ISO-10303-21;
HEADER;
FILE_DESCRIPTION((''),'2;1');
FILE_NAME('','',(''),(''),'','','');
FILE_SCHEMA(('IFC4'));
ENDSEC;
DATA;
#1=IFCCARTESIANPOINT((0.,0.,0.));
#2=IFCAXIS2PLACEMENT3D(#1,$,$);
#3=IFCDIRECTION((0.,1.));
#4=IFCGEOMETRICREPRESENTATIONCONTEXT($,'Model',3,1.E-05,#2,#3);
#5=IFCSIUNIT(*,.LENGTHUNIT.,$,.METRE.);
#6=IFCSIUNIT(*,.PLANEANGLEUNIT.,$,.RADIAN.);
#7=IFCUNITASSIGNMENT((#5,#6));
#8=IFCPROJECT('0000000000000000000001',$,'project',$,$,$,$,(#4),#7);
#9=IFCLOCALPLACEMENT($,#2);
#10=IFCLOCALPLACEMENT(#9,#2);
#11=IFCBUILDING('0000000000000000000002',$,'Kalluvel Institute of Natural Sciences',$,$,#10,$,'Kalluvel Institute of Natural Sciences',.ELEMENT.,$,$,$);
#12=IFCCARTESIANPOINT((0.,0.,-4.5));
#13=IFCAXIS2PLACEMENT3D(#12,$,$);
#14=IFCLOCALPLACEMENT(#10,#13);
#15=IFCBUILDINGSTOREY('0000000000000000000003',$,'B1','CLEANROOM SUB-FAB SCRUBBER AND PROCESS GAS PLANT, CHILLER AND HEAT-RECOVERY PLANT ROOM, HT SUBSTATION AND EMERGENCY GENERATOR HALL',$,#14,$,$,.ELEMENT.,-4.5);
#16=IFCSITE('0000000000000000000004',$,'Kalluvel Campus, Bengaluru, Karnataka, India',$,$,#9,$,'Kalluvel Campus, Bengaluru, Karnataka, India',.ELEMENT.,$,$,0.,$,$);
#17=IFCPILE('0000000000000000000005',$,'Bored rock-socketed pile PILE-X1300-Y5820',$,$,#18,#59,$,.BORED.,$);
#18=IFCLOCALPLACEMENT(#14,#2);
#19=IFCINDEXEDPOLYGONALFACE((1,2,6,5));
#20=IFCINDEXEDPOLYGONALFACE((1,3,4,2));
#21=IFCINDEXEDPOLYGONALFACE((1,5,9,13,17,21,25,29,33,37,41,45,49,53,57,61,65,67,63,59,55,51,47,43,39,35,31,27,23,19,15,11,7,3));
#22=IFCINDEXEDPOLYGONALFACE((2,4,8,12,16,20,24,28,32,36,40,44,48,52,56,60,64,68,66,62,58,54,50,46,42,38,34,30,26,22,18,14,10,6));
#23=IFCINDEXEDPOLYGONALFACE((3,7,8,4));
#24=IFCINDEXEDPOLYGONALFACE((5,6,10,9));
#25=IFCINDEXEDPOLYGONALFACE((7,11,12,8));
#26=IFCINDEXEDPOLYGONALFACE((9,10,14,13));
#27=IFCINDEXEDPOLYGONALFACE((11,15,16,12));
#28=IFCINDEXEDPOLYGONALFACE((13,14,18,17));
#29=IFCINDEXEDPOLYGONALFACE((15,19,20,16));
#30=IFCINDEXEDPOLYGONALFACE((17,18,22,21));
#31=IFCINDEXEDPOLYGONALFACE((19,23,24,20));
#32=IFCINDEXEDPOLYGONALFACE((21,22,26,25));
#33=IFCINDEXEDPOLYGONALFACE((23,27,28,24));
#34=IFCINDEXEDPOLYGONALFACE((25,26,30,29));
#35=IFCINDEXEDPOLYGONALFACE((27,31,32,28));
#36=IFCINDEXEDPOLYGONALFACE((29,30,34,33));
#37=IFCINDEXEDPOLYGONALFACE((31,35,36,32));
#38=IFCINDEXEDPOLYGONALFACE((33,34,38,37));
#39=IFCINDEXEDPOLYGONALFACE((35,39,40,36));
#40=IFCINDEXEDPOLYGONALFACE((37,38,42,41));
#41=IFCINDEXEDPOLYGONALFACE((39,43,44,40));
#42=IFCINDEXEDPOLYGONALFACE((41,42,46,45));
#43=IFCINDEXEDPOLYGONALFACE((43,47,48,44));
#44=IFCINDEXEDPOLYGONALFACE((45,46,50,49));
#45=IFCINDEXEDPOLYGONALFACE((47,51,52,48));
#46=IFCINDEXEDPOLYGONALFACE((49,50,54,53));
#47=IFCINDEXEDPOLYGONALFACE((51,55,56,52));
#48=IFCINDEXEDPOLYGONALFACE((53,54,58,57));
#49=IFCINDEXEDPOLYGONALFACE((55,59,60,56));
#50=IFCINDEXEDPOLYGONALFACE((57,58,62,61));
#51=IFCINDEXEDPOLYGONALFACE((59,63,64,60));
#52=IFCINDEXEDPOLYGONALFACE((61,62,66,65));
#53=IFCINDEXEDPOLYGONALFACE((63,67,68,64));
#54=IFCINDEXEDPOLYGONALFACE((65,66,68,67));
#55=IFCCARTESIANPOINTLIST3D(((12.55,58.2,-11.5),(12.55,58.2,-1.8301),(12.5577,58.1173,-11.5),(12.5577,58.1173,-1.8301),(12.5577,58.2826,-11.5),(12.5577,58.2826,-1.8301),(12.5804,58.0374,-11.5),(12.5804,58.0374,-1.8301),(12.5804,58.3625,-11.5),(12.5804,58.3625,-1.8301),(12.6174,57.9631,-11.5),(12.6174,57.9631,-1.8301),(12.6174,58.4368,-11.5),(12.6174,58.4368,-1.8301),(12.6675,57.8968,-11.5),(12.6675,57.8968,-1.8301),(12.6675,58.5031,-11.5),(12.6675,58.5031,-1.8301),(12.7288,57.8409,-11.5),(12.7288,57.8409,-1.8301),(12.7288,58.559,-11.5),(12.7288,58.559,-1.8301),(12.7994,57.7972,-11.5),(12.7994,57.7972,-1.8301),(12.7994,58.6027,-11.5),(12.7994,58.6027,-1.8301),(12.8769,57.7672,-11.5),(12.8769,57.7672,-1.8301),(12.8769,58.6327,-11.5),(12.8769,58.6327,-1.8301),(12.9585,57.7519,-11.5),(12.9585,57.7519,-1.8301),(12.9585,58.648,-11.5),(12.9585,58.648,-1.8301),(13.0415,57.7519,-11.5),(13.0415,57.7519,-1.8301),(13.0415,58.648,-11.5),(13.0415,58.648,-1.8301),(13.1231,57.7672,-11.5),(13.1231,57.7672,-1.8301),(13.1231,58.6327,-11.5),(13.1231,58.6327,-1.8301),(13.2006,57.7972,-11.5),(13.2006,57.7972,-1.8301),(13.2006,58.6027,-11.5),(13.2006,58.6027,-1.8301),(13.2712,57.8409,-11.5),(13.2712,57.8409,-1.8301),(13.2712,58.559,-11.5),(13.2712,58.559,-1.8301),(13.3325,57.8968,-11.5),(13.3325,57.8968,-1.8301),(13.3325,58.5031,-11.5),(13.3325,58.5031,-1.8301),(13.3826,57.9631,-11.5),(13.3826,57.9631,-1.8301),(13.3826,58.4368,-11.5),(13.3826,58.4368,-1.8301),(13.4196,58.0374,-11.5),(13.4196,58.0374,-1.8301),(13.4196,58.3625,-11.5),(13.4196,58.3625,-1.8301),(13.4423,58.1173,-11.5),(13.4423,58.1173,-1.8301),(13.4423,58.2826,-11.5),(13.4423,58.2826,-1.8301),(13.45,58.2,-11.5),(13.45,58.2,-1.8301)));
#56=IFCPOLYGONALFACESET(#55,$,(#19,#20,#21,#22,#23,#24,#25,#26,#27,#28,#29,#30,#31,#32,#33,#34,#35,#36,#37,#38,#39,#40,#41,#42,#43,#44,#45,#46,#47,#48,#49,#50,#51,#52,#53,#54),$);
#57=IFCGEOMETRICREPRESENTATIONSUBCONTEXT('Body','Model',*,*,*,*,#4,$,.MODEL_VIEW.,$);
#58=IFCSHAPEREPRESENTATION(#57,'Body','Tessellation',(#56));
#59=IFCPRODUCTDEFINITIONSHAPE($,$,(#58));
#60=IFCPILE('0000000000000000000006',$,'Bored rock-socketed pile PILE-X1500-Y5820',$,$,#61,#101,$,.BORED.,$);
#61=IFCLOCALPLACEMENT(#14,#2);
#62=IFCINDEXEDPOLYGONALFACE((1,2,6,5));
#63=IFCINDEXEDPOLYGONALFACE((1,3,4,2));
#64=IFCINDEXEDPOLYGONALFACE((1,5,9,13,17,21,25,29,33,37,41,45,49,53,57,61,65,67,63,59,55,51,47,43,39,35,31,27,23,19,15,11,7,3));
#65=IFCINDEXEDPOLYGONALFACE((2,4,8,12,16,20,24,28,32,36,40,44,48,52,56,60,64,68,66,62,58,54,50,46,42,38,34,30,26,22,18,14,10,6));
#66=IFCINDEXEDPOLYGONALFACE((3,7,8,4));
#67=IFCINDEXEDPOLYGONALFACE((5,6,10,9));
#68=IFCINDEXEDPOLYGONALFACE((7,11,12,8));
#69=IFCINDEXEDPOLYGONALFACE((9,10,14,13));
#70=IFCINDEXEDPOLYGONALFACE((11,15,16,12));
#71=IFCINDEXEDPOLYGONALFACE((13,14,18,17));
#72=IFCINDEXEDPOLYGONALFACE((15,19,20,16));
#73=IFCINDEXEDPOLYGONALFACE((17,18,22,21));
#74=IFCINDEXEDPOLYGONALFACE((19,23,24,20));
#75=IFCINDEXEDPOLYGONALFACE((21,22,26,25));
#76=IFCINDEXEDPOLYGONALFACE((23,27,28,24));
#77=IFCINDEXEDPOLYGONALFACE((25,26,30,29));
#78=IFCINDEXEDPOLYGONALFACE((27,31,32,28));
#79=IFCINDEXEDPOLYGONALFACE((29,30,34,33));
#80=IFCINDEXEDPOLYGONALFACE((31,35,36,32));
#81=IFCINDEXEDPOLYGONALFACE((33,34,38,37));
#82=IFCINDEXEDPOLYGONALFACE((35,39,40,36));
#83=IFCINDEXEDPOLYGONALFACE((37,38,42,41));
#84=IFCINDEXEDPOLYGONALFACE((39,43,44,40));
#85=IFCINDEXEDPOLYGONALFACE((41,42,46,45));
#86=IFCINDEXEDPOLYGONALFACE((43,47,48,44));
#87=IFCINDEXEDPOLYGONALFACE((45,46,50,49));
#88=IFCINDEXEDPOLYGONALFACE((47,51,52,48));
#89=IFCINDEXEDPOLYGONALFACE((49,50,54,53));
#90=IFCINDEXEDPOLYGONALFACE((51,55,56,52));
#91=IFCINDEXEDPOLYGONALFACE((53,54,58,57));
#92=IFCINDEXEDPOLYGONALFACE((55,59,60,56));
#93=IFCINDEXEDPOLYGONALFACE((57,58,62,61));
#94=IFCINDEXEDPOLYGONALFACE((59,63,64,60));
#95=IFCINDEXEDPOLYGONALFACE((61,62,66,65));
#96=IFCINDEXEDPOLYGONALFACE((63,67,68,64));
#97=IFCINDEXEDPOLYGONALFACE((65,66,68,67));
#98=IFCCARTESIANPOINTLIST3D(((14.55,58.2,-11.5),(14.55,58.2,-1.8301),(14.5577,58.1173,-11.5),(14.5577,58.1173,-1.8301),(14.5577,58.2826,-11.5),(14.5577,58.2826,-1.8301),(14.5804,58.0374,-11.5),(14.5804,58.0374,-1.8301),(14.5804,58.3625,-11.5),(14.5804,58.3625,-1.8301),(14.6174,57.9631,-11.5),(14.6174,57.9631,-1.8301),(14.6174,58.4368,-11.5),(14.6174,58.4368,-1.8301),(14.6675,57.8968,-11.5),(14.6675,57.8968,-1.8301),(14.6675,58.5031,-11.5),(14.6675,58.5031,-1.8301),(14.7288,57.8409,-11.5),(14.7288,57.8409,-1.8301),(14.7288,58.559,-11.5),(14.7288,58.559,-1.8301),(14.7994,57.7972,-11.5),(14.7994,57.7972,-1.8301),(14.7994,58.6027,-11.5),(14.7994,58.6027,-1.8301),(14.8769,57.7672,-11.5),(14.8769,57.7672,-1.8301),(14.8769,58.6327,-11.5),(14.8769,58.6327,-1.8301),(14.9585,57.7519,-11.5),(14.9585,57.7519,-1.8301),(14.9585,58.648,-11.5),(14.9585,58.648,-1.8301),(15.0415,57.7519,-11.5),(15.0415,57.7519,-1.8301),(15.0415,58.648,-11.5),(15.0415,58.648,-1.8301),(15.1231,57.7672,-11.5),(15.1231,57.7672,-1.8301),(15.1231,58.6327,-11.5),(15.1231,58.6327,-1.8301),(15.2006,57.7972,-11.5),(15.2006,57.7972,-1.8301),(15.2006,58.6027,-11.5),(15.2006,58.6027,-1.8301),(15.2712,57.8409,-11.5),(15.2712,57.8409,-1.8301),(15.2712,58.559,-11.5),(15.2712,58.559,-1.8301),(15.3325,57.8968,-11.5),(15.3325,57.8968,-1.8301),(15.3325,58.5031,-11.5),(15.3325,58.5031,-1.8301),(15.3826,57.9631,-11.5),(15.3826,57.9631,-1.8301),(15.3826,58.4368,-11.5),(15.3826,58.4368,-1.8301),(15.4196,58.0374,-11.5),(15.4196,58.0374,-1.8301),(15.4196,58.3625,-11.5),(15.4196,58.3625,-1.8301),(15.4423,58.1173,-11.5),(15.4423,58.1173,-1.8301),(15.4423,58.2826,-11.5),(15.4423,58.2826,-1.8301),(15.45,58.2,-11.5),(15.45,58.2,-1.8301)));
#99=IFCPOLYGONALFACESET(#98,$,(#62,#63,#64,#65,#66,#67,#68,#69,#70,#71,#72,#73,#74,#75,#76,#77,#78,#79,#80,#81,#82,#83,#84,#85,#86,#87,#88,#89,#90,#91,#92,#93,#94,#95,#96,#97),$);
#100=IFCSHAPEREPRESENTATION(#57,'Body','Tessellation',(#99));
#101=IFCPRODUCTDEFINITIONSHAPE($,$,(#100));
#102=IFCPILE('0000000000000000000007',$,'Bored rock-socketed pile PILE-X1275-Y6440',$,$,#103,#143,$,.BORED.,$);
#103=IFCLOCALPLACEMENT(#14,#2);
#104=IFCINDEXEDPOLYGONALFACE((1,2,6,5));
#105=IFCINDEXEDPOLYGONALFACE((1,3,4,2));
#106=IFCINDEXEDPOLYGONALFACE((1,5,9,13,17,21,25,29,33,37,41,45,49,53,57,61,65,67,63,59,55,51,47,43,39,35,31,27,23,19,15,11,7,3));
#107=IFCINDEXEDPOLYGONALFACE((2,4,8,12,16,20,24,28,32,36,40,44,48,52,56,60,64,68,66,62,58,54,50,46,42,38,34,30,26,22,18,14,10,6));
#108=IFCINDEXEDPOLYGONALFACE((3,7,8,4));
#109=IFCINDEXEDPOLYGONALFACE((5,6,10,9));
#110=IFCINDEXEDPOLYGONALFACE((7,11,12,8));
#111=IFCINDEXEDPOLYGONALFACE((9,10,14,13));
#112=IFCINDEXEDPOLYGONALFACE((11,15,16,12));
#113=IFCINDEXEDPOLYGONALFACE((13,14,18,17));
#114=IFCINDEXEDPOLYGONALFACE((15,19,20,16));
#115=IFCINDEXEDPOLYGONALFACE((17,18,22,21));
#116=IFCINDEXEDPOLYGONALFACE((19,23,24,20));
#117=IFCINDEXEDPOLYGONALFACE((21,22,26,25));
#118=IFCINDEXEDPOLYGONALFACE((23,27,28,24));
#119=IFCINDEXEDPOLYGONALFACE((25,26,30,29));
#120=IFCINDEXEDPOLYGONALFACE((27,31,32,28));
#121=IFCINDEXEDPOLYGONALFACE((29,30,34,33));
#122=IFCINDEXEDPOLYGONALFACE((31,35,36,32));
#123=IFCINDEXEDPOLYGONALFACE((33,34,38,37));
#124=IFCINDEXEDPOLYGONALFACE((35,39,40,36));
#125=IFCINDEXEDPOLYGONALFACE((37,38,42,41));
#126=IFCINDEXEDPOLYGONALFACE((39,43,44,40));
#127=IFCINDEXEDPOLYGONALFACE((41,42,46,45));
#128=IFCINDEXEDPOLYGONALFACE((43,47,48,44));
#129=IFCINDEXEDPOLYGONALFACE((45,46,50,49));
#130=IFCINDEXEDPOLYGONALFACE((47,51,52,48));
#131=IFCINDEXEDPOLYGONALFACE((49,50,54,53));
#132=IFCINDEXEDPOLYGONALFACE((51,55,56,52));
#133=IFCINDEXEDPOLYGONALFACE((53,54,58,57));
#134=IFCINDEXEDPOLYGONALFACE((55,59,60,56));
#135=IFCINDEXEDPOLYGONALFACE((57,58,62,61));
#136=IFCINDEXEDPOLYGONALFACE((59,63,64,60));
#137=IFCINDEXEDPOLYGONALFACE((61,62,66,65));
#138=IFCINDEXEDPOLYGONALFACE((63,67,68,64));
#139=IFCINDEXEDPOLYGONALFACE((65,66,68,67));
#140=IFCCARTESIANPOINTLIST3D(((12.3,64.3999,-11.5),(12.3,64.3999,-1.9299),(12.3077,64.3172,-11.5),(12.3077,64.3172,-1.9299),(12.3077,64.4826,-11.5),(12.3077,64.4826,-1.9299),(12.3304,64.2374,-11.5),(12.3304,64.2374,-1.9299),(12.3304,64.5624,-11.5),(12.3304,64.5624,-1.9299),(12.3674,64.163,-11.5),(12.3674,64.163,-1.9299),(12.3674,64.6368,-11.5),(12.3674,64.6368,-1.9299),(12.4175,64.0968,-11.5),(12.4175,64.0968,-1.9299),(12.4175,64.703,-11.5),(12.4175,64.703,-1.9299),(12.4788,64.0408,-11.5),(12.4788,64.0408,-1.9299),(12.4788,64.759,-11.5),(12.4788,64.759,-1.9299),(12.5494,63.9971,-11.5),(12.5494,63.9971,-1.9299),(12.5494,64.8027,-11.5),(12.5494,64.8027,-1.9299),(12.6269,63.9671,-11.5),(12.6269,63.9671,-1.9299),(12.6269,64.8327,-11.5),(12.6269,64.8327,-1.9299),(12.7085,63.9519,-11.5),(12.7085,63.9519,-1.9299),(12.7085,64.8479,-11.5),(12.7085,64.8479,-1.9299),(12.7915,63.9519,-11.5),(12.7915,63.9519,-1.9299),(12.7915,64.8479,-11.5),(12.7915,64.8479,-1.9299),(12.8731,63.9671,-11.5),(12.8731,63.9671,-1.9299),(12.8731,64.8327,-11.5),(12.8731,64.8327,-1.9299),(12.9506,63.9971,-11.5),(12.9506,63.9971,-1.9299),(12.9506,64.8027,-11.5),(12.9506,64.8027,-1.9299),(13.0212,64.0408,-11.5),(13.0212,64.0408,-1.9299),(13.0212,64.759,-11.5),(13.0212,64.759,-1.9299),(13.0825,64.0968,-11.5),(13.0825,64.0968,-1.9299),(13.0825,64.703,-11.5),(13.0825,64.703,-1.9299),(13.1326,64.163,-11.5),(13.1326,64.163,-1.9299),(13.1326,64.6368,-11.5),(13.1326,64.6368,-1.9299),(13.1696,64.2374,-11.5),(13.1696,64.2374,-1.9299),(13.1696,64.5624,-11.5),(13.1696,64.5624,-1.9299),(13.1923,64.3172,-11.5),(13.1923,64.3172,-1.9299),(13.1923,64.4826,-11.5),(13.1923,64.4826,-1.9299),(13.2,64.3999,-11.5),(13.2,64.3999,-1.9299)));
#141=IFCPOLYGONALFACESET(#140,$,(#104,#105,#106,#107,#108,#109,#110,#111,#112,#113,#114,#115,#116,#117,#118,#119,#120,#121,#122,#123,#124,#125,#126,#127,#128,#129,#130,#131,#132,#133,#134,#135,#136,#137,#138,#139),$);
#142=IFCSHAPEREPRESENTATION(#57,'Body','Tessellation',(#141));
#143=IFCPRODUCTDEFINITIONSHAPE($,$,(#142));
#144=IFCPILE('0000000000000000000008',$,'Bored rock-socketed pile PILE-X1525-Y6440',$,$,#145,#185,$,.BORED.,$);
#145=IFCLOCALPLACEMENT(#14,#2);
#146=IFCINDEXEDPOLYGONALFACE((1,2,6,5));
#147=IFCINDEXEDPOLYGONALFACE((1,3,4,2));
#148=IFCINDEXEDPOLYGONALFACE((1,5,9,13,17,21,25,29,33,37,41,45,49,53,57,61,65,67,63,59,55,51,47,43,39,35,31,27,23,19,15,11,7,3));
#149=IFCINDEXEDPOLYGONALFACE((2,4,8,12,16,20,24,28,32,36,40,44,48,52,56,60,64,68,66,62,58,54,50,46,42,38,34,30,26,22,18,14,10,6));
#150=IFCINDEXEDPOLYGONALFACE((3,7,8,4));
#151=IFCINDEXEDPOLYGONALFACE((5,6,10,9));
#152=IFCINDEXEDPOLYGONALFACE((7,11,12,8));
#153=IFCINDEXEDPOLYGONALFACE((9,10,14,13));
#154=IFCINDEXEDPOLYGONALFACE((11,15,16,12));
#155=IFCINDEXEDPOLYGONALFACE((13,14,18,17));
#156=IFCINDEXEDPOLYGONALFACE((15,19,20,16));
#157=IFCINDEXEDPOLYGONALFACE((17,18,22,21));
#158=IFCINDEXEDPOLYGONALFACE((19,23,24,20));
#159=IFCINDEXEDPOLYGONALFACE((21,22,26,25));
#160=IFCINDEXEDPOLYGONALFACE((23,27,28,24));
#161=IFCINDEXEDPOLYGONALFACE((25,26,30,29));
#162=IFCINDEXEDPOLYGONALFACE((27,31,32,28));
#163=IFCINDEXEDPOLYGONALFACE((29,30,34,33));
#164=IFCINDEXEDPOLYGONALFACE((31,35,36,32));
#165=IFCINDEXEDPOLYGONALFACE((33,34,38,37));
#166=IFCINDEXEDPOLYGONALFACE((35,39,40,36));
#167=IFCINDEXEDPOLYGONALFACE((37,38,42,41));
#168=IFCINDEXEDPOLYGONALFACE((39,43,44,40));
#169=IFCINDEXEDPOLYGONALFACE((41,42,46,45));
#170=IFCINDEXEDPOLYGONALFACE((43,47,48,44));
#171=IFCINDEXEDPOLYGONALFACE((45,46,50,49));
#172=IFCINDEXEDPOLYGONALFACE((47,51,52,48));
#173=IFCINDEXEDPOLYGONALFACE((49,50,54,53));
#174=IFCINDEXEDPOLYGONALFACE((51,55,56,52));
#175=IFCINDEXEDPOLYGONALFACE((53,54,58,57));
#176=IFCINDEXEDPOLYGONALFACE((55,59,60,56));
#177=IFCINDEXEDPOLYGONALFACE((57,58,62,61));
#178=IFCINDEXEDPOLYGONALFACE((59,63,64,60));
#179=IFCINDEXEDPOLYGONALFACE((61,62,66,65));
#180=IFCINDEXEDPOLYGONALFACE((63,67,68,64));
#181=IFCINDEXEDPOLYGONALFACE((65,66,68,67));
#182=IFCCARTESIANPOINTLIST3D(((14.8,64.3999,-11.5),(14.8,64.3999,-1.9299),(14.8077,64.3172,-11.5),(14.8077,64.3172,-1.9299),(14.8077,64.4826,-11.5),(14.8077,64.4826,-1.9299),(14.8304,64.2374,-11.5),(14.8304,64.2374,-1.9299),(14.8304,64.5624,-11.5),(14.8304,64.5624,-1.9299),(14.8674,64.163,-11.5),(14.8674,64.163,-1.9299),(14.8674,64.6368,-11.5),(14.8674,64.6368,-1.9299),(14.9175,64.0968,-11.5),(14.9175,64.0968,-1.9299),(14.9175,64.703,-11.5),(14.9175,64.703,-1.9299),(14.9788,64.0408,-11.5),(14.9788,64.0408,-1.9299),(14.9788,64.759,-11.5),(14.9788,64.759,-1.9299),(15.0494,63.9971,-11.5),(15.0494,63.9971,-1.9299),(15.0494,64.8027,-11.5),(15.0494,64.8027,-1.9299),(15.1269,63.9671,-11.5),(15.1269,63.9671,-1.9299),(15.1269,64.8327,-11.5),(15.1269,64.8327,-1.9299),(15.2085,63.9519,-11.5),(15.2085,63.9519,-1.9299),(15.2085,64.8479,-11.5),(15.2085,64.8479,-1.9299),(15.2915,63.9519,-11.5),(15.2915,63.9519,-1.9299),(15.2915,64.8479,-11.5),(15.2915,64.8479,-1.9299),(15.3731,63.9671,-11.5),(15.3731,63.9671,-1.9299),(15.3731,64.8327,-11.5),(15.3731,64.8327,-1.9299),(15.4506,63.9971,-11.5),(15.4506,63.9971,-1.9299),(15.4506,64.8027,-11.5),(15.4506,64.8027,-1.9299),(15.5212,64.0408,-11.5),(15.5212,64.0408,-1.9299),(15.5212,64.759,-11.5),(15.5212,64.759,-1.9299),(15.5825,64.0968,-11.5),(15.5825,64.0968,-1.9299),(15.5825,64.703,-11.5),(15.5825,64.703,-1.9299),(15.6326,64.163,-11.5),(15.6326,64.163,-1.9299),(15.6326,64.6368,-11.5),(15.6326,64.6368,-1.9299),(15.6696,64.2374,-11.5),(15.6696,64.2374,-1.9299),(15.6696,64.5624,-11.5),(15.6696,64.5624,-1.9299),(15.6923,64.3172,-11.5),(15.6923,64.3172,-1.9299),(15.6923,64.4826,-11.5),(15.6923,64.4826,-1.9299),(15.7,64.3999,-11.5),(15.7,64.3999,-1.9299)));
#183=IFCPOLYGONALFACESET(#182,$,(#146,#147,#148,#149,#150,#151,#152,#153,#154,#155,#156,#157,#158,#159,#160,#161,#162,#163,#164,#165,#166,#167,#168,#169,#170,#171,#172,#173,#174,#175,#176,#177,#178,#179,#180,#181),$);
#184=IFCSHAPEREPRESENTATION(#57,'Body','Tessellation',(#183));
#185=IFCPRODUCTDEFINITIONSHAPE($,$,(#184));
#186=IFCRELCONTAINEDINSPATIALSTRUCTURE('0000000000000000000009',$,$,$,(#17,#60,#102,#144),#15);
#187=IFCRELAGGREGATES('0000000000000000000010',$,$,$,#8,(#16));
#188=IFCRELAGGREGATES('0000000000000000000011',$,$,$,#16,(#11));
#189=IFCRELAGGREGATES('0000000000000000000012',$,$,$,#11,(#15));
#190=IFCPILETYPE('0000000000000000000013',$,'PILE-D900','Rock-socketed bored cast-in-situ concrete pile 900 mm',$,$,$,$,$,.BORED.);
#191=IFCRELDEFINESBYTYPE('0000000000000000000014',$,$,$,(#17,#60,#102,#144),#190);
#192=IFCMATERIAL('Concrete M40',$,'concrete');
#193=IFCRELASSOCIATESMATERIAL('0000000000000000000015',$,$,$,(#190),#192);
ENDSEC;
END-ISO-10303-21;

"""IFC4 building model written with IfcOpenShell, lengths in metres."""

from ifc_helpers import new_model, si_unit, direction, frame, origin, origin_2d, place, context, subcontext, project, spatial, circle, extrude, material, material_profile, profile_set, type_object, element, save


model = new_model("IFC4")

# Units and contexts
model_context = context("Model", 3, precision=1e-05, world=origin(), true_north=direction((0.0, 1.0)))
body_context = subcontext(model_context, "Body", "Model", "MODEL_VIEW")
ifc_project = project(units=[si_unit("LENGTHUNIT", "METRE"), si_unit("PLANEANGLEUNIT", "RADIAN")], contexts=[model_context])

# Site, building, storey
site_placement = place(None, origin())
site = spatial("IfcSite", under=ifc_project, at=site_placement, Name="Kalluvel Campus, Bengaluru, Karnataka, India", LongName="Kalluvel Campus, Bengaluru, Karnataka, India", CompositionType="ELEMENT", RefElevation=0.0)
building_placement = place(site_placement, origin())
building = spatial("IfcBuilding", under=site, at=building_placement, Name="Kalluvel Institute of Natural Sciences", LongName="Kalluvel Institute of Natural Sciences", CompositionType="ELEMENT")
storey_placement = place(building_placement, frame((0.0, 0.0, -4.5)))
storey = spatial("IfcBuildingStorey", under=building, at=storey_placement, Name="B1", Description="CLEANROOM SUB-FAB SCRUBBER AND PROCESS GAS PLANT, CHILLER AND HEAT-RECOVERY PLANT ROOM, HT SUBSTATION AND EMERGENCY GENERATOR HALL", CompositionType="ELEMENT", Elevation=-4.5)

# Shared definitions
ifc_material_1 = material(Name="Concrete M40", Category="concrete")

# Piles
ifc_material_profile_1 = material_profile(ifc_material_1, circle(Radius=0.45, at=origin_2d()), Name="PILE D900")
ifc_profile_set_1 = profile_set([ifc_material_profile_1], Name="Concrete M40")
pile_type_1 = type_object("IfcPileType", Name="PILE-D900", Description="Rock-socketed bored cast-in-situ concrete pile 900 mm", PredefinedType="BORED", material=ifc_profile_set_1)
for number, where, z_axis, x_axis, name in (
    (1, (13.0, 58.2, -1.8301), (0.0, 0.0, -1.0), (1.0, 0.0, 0.0), "Bored rock-socketed pile PILE-X1300-Y5820"),
    (2, (15.0, 58.2, -1.8301), (0.0, 0.0, -1.0), (1.0, 0.0, 0.0), "Bored rock-socketed pile PILE-X1500-Y5820"),
):
    element("IfcPile", number, at=place(storey_placement, frame(where, z_axis=z_axis, x_axis=x_axis)), inside=storey, type_object=pile_type_1, Name=name, PredefinedType="BORED", context=body_context, shape_type="SweptSolid", body=[
        extrude(circle(Radius=0.45, at=origin_2d()), origin(), (0.0, 0.0, 1.0), 9.6699),
    ])
for number, where, z_axis, x_axis, name in (
    (3, (12.75, 64.3999, -1.9299), (0.0, 0.0, -1.0), (1.0, 0.0, 0.0), "Bored rock-socketed pile PILE-X1275-Y6440"),
    (4, (15.25, 64.3999, -1.9299), (0.0, 0.0, -1.0), (1.0, 0.0, 0.0), "Bored rock-socketed pile PILE-X1525-Y6440"),
):
    element("IfcPile", number, at=place(storey_placement, frame(where, z_axis=z_axis, x_axis=x_axis)), inside=storey, type_object=pile_type_1, Name=name, PredefinedType="BORED", context=body_context, shape_type="SweptSolid", body=[
        extrude(circle(Radius=0.45, at=origin_2d()), origin(), (0.0, 0.0, 1.0), 9.5701),
    ])

save(model, "model.ifc")
